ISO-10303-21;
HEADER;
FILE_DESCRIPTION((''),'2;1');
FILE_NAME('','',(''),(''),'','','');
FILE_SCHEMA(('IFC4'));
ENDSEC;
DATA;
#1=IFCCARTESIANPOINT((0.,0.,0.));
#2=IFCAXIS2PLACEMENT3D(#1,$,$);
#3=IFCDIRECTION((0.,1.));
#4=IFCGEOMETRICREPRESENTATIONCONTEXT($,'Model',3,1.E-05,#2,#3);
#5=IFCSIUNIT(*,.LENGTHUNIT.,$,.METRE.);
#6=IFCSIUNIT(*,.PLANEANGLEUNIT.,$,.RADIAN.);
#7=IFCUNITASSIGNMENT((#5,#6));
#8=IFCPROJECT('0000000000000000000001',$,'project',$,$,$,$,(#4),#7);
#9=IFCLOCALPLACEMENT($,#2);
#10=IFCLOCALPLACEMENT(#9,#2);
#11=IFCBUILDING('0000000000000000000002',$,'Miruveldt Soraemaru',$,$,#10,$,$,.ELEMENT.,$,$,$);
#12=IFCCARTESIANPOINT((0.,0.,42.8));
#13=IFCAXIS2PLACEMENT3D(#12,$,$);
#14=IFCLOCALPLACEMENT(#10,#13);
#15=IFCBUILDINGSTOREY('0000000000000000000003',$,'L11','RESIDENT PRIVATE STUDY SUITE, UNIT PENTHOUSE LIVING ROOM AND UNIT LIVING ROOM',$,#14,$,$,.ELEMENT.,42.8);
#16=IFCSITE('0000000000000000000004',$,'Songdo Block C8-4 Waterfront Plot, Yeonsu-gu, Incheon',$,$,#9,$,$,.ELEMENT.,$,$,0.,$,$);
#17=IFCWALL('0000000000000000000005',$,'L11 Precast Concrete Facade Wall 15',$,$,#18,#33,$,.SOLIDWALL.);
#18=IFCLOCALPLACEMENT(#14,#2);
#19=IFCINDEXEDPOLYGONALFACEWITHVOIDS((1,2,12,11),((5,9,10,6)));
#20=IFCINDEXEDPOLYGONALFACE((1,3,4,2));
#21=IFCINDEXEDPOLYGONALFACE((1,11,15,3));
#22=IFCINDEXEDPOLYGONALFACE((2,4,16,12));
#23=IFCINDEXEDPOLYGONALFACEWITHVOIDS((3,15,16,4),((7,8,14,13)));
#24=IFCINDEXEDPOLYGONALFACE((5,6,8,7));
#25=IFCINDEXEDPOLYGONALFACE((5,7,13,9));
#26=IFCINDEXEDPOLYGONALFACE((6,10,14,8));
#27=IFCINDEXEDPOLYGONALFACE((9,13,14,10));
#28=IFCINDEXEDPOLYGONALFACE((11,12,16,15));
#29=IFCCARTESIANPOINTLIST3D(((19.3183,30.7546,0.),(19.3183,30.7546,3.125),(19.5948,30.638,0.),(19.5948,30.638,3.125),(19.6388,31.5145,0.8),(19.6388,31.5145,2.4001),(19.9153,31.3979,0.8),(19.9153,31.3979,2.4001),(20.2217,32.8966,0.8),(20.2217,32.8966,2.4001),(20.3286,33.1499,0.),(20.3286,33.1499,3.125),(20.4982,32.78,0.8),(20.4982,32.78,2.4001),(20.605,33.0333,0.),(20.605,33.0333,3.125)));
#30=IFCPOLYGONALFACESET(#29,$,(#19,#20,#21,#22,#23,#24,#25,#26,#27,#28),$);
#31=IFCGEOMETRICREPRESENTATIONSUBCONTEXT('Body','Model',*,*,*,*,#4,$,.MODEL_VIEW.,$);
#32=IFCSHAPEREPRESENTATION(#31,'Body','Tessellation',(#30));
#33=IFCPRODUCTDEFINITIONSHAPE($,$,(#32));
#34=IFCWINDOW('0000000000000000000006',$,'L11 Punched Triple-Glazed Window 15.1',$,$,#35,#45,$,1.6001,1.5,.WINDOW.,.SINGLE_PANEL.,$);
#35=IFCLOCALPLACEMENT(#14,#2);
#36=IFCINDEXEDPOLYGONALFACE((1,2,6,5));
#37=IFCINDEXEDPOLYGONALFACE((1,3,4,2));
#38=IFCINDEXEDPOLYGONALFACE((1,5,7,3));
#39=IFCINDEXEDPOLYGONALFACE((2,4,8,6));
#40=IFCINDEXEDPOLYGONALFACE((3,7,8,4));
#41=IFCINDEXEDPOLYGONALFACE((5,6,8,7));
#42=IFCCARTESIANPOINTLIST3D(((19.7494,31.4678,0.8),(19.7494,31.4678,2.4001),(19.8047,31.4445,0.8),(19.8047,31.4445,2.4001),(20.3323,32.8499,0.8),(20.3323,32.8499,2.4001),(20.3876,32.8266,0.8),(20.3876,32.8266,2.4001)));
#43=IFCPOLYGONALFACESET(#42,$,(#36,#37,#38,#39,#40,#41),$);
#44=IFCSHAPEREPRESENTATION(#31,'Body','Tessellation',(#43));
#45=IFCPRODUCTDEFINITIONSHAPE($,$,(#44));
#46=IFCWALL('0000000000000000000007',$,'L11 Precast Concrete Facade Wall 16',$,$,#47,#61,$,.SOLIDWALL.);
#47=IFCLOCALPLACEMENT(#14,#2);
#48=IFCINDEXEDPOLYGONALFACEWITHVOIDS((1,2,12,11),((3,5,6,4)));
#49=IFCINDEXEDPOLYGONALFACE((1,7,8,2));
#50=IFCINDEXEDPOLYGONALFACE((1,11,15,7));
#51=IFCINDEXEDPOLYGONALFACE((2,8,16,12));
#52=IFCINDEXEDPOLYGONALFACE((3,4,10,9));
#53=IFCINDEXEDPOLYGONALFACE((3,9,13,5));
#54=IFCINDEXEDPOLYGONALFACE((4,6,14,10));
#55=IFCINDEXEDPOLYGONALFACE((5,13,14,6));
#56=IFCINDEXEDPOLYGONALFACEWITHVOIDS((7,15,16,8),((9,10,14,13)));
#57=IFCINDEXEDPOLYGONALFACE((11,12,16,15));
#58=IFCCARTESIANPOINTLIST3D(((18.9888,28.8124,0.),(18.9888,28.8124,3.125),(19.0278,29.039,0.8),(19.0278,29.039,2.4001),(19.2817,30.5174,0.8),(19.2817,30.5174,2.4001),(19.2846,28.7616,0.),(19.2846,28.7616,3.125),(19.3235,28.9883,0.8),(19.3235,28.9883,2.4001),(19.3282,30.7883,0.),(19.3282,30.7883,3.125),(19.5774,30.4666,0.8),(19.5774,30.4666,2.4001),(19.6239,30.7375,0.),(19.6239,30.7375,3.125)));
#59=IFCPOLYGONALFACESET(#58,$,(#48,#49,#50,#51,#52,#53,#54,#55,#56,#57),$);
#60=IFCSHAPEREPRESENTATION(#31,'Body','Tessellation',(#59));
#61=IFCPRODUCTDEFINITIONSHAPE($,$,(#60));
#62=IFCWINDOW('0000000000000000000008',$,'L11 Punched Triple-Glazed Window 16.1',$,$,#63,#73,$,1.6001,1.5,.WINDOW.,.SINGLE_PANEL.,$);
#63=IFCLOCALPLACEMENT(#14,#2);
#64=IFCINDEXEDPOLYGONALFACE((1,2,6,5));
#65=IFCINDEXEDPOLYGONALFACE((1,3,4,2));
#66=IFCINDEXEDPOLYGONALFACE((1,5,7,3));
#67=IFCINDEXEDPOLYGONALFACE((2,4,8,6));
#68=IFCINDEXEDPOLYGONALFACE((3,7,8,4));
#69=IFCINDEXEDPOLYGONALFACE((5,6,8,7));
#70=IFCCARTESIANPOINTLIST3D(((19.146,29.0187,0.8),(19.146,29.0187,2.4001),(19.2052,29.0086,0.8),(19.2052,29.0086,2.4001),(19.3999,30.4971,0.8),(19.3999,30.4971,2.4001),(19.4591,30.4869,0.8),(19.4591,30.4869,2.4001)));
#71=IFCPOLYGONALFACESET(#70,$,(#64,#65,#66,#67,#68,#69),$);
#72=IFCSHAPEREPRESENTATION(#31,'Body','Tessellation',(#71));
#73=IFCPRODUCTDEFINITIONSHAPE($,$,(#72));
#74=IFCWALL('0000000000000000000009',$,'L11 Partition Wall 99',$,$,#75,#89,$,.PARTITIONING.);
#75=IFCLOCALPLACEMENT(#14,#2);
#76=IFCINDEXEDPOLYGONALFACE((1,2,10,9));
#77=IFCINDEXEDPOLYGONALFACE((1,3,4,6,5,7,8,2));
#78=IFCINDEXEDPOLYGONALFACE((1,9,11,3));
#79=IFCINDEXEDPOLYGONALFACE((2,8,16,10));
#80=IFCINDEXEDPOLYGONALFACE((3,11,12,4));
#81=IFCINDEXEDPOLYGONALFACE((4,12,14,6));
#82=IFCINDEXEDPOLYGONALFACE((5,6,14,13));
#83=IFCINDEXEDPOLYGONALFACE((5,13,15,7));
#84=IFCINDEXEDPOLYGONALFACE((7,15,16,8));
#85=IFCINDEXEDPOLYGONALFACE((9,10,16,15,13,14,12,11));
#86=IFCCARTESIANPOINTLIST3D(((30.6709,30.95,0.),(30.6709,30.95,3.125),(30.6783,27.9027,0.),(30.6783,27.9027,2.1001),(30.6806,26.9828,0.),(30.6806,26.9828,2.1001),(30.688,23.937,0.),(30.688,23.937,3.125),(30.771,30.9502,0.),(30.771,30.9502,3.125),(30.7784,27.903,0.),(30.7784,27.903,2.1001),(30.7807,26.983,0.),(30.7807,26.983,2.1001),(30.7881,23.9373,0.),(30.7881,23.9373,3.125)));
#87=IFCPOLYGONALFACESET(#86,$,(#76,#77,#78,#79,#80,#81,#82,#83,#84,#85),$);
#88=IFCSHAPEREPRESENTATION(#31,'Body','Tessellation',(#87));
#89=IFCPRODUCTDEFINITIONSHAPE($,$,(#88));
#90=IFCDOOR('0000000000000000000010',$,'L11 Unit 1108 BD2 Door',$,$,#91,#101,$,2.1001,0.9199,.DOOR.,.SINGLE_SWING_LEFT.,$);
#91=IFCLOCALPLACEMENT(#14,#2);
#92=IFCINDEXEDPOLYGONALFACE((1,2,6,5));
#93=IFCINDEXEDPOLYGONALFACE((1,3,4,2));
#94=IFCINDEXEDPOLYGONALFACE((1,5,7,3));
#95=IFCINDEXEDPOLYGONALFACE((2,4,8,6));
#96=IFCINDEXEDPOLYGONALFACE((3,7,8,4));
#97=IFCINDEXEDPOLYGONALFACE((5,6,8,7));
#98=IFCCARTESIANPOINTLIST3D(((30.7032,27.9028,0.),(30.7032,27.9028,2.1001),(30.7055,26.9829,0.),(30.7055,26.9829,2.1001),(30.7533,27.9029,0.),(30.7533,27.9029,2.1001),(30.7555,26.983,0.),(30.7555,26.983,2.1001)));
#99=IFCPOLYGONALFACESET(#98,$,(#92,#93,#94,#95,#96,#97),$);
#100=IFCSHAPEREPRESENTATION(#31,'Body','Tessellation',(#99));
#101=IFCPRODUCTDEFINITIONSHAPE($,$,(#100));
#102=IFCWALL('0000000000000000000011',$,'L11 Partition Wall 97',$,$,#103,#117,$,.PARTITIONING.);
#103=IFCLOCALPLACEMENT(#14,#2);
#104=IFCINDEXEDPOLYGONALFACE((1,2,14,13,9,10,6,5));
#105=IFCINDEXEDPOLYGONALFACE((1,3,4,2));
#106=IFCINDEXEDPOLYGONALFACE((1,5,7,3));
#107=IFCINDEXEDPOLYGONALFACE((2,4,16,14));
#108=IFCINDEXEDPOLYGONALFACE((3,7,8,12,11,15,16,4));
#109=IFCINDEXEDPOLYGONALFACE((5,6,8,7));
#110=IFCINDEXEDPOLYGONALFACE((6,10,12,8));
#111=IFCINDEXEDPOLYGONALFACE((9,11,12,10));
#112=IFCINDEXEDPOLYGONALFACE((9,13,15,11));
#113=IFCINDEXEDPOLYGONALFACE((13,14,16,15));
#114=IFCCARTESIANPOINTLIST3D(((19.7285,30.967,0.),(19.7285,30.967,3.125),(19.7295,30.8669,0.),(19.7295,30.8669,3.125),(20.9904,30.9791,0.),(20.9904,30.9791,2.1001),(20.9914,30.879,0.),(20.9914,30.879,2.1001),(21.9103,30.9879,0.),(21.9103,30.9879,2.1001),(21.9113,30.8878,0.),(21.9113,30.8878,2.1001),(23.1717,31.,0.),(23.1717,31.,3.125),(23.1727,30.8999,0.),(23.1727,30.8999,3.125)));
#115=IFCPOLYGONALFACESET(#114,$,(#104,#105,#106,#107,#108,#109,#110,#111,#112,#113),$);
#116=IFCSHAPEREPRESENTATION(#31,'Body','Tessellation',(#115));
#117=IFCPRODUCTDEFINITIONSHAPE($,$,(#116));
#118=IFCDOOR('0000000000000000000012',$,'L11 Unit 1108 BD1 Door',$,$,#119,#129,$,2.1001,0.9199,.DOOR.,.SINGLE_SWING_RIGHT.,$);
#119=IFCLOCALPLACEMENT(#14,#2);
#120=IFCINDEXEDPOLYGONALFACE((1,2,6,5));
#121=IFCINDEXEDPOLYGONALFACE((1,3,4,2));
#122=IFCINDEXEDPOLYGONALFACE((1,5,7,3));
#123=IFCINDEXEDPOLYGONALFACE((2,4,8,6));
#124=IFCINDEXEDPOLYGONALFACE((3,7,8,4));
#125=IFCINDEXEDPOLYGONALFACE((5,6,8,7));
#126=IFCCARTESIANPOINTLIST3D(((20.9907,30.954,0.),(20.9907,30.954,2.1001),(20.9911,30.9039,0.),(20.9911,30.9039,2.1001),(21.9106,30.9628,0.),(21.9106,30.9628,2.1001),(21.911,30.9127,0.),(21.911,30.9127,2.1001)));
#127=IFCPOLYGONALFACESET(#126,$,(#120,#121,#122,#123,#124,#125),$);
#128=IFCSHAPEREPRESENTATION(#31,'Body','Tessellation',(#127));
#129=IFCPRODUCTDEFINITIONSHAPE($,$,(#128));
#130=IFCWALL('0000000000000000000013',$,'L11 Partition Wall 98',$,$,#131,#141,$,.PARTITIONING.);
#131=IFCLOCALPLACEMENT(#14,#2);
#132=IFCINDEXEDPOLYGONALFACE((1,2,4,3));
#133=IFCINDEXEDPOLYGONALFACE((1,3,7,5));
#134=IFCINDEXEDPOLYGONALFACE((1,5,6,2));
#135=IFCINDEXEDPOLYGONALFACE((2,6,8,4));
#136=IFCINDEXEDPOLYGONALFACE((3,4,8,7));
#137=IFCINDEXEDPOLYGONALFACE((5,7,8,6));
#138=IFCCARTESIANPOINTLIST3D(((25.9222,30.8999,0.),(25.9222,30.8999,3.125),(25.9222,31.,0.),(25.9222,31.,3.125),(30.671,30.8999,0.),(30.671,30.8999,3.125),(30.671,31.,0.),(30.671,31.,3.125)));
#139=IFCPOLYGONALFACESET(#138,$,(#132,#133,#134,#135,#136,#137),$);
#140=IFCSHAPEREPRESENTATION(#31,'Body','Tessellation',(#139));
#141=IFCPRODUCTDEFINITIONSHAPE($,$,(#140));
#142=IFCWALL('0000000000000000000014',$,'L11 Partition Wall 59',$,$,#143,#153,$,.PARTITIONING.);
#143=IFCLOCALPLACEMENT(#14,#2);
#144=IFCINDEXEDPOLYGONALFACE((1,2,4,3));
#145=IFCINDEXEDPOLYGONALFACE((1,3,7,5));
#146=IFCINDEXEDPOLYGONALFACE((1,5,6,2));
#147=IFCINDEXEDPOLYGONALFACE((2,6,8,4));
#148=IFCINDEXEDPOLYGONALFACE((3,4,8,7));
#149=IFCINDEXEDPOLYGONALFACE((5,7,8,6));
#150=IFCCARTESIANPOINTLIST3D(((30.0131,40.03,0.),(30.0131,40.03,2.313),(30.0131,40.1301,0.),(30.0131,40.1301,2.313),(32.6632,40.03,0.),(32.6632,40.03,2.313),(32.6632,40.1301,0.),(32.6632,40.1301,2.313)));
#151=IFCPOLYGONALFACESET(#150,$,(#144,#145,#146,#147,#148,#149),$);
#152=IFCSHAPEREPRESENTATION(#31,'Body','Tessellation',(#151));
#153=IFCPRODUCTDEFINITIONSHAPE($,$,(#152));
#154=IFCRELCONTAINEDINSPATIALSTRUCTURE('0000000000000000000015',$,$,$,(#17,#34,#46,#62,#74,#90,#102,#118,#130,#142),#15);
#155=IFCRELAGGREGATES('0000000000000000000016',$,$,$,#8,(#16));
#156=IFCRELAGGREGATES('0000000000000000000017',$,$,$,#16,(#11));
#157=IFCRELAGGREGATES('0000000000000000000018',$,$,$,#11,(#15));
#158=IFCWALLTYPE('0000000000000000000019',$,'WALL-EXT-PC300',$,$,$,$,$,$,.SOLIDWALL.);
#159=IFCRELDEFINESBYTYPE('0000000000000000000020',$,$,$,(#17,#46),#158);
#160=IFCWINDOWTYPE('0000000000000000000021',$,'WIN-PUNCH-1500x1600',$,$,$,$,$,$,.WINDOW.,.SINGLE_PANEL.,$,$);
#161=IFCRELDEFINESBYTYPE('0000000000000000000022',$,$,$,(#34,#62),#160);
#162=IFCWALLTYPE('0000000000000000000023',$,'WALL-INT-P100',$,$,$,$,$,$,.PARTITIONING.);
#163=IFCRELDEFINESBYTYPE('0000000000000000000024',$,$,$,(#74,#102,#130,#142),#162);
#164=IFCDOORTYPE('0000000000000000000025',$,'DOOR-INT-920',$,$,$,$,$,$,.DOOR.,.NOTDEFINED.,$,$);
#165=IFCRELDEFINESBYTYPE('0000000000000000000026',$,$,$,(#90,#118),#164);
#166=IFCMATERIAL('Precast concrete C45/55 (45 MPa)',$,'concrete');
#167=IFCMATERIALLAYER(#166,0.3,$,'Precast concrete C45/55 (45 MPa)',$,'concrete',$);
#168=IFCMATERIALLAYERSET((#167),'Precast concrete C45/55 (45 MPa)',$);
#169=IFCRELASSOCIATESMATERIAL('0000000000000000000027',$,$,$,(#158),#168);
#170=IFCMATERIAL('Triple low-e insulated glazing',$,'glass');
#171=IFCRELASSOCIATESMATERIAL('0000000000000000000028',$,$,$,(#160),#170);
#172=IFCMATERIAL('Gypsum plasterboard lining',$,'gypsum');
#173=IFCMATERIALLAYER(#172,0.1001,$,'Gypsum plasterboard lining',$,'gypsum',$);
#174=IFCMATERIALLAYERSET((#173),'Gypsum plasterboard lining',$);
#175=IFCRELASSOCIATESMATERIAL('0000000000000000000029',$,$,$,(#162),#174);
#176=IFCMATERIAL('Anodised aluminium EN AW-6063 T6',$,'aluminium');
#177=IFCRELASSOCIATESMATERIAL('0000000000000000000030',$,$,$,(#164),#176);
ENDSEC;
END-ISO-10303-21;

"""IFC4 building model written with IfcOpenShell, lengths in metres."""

from ifc_helpers import new_model, si_unit, direction, frame, frame_2d, origin, place, context, subcontext, project, spatial, rectangle, extrude, material, layer, layer_set, type_object, element, fill, save


model = new_model("IFC4")

# Units and contexts
model_context = context("Model", 3, precision=1e-05, world=origin(), true_north=direction((0.0, 1.0)))
body_context = subcontext(model_context, "Body", "Model", "MODEL_VIEW")
ifc_project = project(units=[si_unit("LENGTHUNIT", "METRE"), si_unit("PLANEANGLEUNIT", "RADIAN")], contexts=[model_context])

# Site, building, storey
site_placement = place(None, origin())
site = spatial("IfcSite", under=ifc_project, at=site_placement, Name="Songdo Block C8-4 Waterfront Plot, Yeonsu-gu, Incheon", CompositionType="ELEMENT", RefElevation=0.0)
building_placement = place(site_placement, origin())
building = spatial("IfcBuilding", under=site, at=building_placement, Name="Miruveldt Soraemaru", CompositionType="ELEMENT")
storey_placement = place(building_placement, frame((0.0, 0.0, 42.8)))
storey = spatial("IfcBuildingStorey", under=building, at=storey_placement, Name="L11", Description="RESIDENT PRIVATE STUDY SUITE, UNIT PENTHOUSE LIVING ROOM AND UNIT LIVING ROOM", CompositionType="ELEMENT", Elevation=42.8)

# Shared definitions
ifc_material_1 = material(Name="Anodised aluminium EN AW-6063 T6", Category="aluminium")

# Walls, openings, windows
ifc_material_2 = material(Name="Precast concrete C45/55 (45 MPa)", Category="concrete")
ifc_layer_1 = layer(ifc_material_2, 0.3, Name="Precast concrete C45/55 (45 MPa)", Category="concrete")
ifc_layer_set_1 = layer_set([ifc_layer_1], Name="Precast concrete C45/55 (45 MPa)")
wall_type_1 = type_object("IfcWallType", Name="WALL-EXT-PC300", PredefinedType="SOLIDWALL", material=ifc_layer_set_1)
ifc_material_3 = material(Name="Triple low-e insulated glazing", Category="glass")
wall_1_placement = place(storey_placement, frame((20.4668, 33.0916, 0.0), z_axis=(0.0, 0.0, 1.0), x_axis=(-0.38862, -0.921398, 0.0)))
wall_1 = element("IfcWall", 1, at=wall_1_placement, inside=storey, type_object=wall_type_1, Name="L11 Precast Concrete Facade Wall 15", PredefinedType="SOLIDWALL", context=body_context, shape_type="SweptSolid", body=[
    extrude(rectangle(XDim=2.5996, YDim=0.3, at=frame_2d((1.2998, 0.0))), origin(), (0.0, 0.0, 1.0), 3.125),
])
opening_1_placement = place(wall_1_placement, frame((0.2749, 0.0, 0.8)))
opening_1 = element("IfcOpeningElement", 2, at=opening_1_placement, cuts=wall_1, PredefinedType="OPENING", context=body_context, shape_type="SweptSolid", body=[
    extrude(rectangle(XDim=1.5, YDim=1.6001, at=frame_2d((0.75, 0.8))), frame((0.0, 0.1602, 0.0), z_axis=(0.0, -1.0, 0.0), x_axis=(1.0, 0.0, 0.0)), (0.0, 0.0, 1.0), 0.3201),
])
window_type_1 = type_object("IfcWindowType", Name="WIN-PUNCH-1500x1600", PartitioningType="SINGLE_PANEL", PredefinedType="WINDOW", material=ifc_material_3)
window_1_placement = place(opening_1_placement, origin())
window_1 = element("IfcWindow", 3, at=window_1_placement, inside=storey, type_object=window_type_1, Name="L11 Punched Triple-Glazed Window 15.1", OverallHeight=1.6001, OverallWidth=1.5, PartitioningType="SINGLE_PANEL", PredefinedType="WINDOW", context=body_context, shape_type="SweptSolid", body=[
    extrude(rectangle(XDim=1.5, YDim=1.6001, at=frame_2d((0.75, 0.8))), frame((0.0, 0.03, 0.0), z_axis=(0.0, -1.0, 0.0), x_axis=(1.0, 0.0, 0.0)), (0.0, 0.0, 1.0), 0.0601),
])
fill(opening_1, window_1)
wall_2_placement = place(storey_placement, frame((19.4761, 30.7629, 0.0), z_axis=(0.0, 0.0, 1.0), x_axis=(-0.169275, -0.985569, 0.0)))
wall_2 = element("IfcWall", 4, at=wall_2_placement, inside=storey, type_object=wall_type_1, Name="L11 Precast Concrete Facade Wall 16", PredefinedType="SOLIDWALL", context=body_context, shape_type="SweptSolid", body=[
    extrude(rectangle(XDim=2.0049, YDim=0.3, at=frame_2d((1.0024, 0.0))), origin(), (0.0, 0.0, 1.0), 3.125),
])
opening_2_placement = place(wall_2_placement, frame((0.2749, 0.0, 0.8)))
opening_2 = element("IfcOpeningElement", 5, at=opening_2_placement, cuts=wall_2, PredefinedType="OPENING", context=body_context, shape_type="SweptSolid", body=[
    extrude(rectangle(XDim=1.5, YDim=1.6001, at=frame_2d((0.75, 0.8))), frame((0.0, 0.1602, 0.0), z_axis=(0.0, -1.0, 0.0), x_axis=(1.0, 0.0, 0.0)), (0.0, 0.0, 1.0), 0.3201),
])
window_2_placement = place(opening_2_placement, origin())
window_2 = element("IfcWindow", 6, at=window_2_placement, inside=storey, type_object=window_type_1, Name="L11 Punched Triple-Glazed Window 16.1", OverallHeight=1.6001, OverallWidth=1.5, PartitioningType="SINGLE_PANEL", PredefinedType="WINDOW", context=body_context, shape_type="SweptSolid", body=[
    extrude(rectangle(XDim=1.5, YDim=1.6001, at=frame_2d((0.75, 0.8))), frame((0.0, 0.03, 0.0), z_axis=(0.0, -1.0, 0.0), x_axis=(1.0, 0.0, 0.0)), (0.0, 0.0, 1.0), 0.0601),
])
fill(opening_2, window_2)

# Walls, openings, doors
ifc_material_4 = material(Name="Gypsum plasterboard lining", Category="gypsum")
ifc_layer_2 = layer(ifc_material_4, 0.1001, Name="Gypsum plasterboard lining", Category="gypsum")
ifc_layer_set_2 = layer_set([ifc_layer_2], Name="Gypsum plasterboard lining")
wall_type_2 = type_object("IfcWallType", Name="WALL-INT-P100", PredefinedType="PARTITIONING", material=ifc_layer_set_2)
wall_3_placement = place(storey_placement, frame((30.7209, 30.95, 0.0), z_axis=(0.0, 0.0, 1.0), x_axis=(0.002437, -0.999997, 0.0)))
wall_3 = element("IfcWall", 7, at=wall_3_placement, inside=storey, type_object=wall_type_2, Name="L11 Partition Wall 99", PredefinedType="PARTITIONING", context=body_context, shape_type="SweptSolid", body=[
    extrude(rectangle(XDim=7.0129, YDim=0.1001, at=frame_2d((3.5063, 0.0))), origin(), (0.0, 0.0, 1.0), 3.125),
])
opening_3_placement = place(wall_3_placement, frame((3.0471, 0.0, 0.0)))
opening_3 = element("IfcOpeningElement", 8, at=opening_3_placement, cuts=wall_3, PredefinedType="OPENING", context=body_context, shape_type="SweptSolid", body=[
    extrude(rectangle(XDim=0.9199, YDim=2.1001, at=frame_2d((0.46, 1.05))), frame((0.0, 0.0601, 0.0), z_axis=(0.0, -1.0, 0.0), x_axis=(1.0, 0.0, 0.0)), (0.0, 0.0, 1.0), 0.1201),
])
door_type_1 = type_object("IfcDoorType", Name="DOOR-INT-920", OperationType="NOTDEFINED", PredefinedType="DOOR", material=ifc_material_1)
door_1_placement = place(opening_3_placement, origin())
door_1 = element("IfcDoor", 9, at=door_1_placement, inside=storey, type_object=door_type_1, Name="L11 Unit 1108 BD2 Door", OperationType="SINGLE_SWING_LEFT", OverallHeight=2.1001, OverallWidth=0.9199, PredefinedType="DOOR", context=body_context, shape_type="SweptSolid", body=[
    extrude(rectangle(XDim=0.9199, YDim=2.1001, at=frame_2d((0.46, 1.05))), frame((0.0, 0.0249, 0.0), z_axis=(0.0, -1.0, 0.0), x_axis=(1.0, 0.0, 0.0)), (0.0, 0.0, 1.0), 0.05),
])
fill(opening_3, door_1)
wall_4_placement = place(storey_placement, frame((19.729, 30.917, 0.0), z_axis=(0.0, 0.0, 1.0), x_axis=(0.999954, 0.009572, 0.0)))
wall_4 = element("IfcWall", 10, at=wall_4_placement, inside=storey, type_object=wall_type_2, Name="L11 Partition Wall 97", PredefinedType="PARTITIONING", context=body_context, shape_type="SweptSolid", body=[
    extrude(rectangle(XDim=3.4434, YDim=0.1001, at=frame_2d((1.7217, 0.0))), origin(), (0.0, 0.0, 1.0), 3.125),
])
opening_4_placement = place(wall_4_placement, frame((1.262, 0.0, 0.0)))
opening_4 = element("IfcOpeningElement", 11, at=opening_4_placement, cuts=wall_4, PredefinedType="OPENING", context=body_context, shape_type="SweptSolid", body=[
    extrude(rectangle(XDim=0.9199, YDim=2.1001, at=frame_2d((0.46, 1.05))), frame((0.0, 0.0601, 0.0), z_axis=(0.0, -1.0, 0.0), x_axis=(1.0, 0.0, 0.0)), (0.0, 0.0, 1.0), 0.1201),
])
door_2_placement = place(opening_4_placement, origin())
door_2 = element("IfcDoor", 12, at=door_2_placement, inside=storey, type_object=door_type_1, Name="L11 Unit 1108 BD1 Door", OperationType="SINGLE_SWING_RIGHT", OverallHeight=2.1001, OverallWidth=0.9199, PredefinedType="DOOR", context=body_context, shape_type="SweptSolid", body=[
    extrude(rectangle(XDim=0.9199, YDim=2.1001, at=frame_2d((0.46, 1.05))), frame((0.0, 0.0249, 0.0), z_axis=(0.0, -1.0, 0.0), x_axis=(1.0, 0.0, 0.0)), (0.0, 0.0, 1.0), 0.05),
])
fill(opening_4, door_2)

# Walls
wall_5_placement = place(storey_placement, frame((25.9221, 30.95, 0.0), z_axis=(0.0, 0.0, 1.0), x_axis=(1.0, 0.0, 0.0)))
element("IfcWall", 13, at=wall_5_placement, inside=storey, type_object=wall_type_2, Name="L11 Partition Wall 98", PredefinedType="PARTITIONING", context=body_context, shape_type="SweptSolid", body=[
    extrude(rectangle(XDim=4.7488, YDim=0.1001, at=frame_2d((2.3745, 0.0))), origin(), (0.0, 0.0, 1.0), 3.125),
])
wall_6_placement = place(storey_placement, frame((30.0129, 40.0801, 0.0), z_axis=(0.0, 0.0, 1.0), x_axis=(1.0, 0.0, 0.0)))
element("IfcWall", 14, at=wall_6_placement, inside=storey, type_object=wall_type_2, Name="L11 Partition Wall 59", PredefinedType="PARTITIONING", context=body_context, shape_type="SweptSolid", body=[
    extrude(rectangle(XDim=2.6501, YDim=0.1001, at=frame_2d((1.3252, 0.0))), origin(), (0.0, 0.0, 1.0), 2.313),
])

save(model, "model.ifc")
